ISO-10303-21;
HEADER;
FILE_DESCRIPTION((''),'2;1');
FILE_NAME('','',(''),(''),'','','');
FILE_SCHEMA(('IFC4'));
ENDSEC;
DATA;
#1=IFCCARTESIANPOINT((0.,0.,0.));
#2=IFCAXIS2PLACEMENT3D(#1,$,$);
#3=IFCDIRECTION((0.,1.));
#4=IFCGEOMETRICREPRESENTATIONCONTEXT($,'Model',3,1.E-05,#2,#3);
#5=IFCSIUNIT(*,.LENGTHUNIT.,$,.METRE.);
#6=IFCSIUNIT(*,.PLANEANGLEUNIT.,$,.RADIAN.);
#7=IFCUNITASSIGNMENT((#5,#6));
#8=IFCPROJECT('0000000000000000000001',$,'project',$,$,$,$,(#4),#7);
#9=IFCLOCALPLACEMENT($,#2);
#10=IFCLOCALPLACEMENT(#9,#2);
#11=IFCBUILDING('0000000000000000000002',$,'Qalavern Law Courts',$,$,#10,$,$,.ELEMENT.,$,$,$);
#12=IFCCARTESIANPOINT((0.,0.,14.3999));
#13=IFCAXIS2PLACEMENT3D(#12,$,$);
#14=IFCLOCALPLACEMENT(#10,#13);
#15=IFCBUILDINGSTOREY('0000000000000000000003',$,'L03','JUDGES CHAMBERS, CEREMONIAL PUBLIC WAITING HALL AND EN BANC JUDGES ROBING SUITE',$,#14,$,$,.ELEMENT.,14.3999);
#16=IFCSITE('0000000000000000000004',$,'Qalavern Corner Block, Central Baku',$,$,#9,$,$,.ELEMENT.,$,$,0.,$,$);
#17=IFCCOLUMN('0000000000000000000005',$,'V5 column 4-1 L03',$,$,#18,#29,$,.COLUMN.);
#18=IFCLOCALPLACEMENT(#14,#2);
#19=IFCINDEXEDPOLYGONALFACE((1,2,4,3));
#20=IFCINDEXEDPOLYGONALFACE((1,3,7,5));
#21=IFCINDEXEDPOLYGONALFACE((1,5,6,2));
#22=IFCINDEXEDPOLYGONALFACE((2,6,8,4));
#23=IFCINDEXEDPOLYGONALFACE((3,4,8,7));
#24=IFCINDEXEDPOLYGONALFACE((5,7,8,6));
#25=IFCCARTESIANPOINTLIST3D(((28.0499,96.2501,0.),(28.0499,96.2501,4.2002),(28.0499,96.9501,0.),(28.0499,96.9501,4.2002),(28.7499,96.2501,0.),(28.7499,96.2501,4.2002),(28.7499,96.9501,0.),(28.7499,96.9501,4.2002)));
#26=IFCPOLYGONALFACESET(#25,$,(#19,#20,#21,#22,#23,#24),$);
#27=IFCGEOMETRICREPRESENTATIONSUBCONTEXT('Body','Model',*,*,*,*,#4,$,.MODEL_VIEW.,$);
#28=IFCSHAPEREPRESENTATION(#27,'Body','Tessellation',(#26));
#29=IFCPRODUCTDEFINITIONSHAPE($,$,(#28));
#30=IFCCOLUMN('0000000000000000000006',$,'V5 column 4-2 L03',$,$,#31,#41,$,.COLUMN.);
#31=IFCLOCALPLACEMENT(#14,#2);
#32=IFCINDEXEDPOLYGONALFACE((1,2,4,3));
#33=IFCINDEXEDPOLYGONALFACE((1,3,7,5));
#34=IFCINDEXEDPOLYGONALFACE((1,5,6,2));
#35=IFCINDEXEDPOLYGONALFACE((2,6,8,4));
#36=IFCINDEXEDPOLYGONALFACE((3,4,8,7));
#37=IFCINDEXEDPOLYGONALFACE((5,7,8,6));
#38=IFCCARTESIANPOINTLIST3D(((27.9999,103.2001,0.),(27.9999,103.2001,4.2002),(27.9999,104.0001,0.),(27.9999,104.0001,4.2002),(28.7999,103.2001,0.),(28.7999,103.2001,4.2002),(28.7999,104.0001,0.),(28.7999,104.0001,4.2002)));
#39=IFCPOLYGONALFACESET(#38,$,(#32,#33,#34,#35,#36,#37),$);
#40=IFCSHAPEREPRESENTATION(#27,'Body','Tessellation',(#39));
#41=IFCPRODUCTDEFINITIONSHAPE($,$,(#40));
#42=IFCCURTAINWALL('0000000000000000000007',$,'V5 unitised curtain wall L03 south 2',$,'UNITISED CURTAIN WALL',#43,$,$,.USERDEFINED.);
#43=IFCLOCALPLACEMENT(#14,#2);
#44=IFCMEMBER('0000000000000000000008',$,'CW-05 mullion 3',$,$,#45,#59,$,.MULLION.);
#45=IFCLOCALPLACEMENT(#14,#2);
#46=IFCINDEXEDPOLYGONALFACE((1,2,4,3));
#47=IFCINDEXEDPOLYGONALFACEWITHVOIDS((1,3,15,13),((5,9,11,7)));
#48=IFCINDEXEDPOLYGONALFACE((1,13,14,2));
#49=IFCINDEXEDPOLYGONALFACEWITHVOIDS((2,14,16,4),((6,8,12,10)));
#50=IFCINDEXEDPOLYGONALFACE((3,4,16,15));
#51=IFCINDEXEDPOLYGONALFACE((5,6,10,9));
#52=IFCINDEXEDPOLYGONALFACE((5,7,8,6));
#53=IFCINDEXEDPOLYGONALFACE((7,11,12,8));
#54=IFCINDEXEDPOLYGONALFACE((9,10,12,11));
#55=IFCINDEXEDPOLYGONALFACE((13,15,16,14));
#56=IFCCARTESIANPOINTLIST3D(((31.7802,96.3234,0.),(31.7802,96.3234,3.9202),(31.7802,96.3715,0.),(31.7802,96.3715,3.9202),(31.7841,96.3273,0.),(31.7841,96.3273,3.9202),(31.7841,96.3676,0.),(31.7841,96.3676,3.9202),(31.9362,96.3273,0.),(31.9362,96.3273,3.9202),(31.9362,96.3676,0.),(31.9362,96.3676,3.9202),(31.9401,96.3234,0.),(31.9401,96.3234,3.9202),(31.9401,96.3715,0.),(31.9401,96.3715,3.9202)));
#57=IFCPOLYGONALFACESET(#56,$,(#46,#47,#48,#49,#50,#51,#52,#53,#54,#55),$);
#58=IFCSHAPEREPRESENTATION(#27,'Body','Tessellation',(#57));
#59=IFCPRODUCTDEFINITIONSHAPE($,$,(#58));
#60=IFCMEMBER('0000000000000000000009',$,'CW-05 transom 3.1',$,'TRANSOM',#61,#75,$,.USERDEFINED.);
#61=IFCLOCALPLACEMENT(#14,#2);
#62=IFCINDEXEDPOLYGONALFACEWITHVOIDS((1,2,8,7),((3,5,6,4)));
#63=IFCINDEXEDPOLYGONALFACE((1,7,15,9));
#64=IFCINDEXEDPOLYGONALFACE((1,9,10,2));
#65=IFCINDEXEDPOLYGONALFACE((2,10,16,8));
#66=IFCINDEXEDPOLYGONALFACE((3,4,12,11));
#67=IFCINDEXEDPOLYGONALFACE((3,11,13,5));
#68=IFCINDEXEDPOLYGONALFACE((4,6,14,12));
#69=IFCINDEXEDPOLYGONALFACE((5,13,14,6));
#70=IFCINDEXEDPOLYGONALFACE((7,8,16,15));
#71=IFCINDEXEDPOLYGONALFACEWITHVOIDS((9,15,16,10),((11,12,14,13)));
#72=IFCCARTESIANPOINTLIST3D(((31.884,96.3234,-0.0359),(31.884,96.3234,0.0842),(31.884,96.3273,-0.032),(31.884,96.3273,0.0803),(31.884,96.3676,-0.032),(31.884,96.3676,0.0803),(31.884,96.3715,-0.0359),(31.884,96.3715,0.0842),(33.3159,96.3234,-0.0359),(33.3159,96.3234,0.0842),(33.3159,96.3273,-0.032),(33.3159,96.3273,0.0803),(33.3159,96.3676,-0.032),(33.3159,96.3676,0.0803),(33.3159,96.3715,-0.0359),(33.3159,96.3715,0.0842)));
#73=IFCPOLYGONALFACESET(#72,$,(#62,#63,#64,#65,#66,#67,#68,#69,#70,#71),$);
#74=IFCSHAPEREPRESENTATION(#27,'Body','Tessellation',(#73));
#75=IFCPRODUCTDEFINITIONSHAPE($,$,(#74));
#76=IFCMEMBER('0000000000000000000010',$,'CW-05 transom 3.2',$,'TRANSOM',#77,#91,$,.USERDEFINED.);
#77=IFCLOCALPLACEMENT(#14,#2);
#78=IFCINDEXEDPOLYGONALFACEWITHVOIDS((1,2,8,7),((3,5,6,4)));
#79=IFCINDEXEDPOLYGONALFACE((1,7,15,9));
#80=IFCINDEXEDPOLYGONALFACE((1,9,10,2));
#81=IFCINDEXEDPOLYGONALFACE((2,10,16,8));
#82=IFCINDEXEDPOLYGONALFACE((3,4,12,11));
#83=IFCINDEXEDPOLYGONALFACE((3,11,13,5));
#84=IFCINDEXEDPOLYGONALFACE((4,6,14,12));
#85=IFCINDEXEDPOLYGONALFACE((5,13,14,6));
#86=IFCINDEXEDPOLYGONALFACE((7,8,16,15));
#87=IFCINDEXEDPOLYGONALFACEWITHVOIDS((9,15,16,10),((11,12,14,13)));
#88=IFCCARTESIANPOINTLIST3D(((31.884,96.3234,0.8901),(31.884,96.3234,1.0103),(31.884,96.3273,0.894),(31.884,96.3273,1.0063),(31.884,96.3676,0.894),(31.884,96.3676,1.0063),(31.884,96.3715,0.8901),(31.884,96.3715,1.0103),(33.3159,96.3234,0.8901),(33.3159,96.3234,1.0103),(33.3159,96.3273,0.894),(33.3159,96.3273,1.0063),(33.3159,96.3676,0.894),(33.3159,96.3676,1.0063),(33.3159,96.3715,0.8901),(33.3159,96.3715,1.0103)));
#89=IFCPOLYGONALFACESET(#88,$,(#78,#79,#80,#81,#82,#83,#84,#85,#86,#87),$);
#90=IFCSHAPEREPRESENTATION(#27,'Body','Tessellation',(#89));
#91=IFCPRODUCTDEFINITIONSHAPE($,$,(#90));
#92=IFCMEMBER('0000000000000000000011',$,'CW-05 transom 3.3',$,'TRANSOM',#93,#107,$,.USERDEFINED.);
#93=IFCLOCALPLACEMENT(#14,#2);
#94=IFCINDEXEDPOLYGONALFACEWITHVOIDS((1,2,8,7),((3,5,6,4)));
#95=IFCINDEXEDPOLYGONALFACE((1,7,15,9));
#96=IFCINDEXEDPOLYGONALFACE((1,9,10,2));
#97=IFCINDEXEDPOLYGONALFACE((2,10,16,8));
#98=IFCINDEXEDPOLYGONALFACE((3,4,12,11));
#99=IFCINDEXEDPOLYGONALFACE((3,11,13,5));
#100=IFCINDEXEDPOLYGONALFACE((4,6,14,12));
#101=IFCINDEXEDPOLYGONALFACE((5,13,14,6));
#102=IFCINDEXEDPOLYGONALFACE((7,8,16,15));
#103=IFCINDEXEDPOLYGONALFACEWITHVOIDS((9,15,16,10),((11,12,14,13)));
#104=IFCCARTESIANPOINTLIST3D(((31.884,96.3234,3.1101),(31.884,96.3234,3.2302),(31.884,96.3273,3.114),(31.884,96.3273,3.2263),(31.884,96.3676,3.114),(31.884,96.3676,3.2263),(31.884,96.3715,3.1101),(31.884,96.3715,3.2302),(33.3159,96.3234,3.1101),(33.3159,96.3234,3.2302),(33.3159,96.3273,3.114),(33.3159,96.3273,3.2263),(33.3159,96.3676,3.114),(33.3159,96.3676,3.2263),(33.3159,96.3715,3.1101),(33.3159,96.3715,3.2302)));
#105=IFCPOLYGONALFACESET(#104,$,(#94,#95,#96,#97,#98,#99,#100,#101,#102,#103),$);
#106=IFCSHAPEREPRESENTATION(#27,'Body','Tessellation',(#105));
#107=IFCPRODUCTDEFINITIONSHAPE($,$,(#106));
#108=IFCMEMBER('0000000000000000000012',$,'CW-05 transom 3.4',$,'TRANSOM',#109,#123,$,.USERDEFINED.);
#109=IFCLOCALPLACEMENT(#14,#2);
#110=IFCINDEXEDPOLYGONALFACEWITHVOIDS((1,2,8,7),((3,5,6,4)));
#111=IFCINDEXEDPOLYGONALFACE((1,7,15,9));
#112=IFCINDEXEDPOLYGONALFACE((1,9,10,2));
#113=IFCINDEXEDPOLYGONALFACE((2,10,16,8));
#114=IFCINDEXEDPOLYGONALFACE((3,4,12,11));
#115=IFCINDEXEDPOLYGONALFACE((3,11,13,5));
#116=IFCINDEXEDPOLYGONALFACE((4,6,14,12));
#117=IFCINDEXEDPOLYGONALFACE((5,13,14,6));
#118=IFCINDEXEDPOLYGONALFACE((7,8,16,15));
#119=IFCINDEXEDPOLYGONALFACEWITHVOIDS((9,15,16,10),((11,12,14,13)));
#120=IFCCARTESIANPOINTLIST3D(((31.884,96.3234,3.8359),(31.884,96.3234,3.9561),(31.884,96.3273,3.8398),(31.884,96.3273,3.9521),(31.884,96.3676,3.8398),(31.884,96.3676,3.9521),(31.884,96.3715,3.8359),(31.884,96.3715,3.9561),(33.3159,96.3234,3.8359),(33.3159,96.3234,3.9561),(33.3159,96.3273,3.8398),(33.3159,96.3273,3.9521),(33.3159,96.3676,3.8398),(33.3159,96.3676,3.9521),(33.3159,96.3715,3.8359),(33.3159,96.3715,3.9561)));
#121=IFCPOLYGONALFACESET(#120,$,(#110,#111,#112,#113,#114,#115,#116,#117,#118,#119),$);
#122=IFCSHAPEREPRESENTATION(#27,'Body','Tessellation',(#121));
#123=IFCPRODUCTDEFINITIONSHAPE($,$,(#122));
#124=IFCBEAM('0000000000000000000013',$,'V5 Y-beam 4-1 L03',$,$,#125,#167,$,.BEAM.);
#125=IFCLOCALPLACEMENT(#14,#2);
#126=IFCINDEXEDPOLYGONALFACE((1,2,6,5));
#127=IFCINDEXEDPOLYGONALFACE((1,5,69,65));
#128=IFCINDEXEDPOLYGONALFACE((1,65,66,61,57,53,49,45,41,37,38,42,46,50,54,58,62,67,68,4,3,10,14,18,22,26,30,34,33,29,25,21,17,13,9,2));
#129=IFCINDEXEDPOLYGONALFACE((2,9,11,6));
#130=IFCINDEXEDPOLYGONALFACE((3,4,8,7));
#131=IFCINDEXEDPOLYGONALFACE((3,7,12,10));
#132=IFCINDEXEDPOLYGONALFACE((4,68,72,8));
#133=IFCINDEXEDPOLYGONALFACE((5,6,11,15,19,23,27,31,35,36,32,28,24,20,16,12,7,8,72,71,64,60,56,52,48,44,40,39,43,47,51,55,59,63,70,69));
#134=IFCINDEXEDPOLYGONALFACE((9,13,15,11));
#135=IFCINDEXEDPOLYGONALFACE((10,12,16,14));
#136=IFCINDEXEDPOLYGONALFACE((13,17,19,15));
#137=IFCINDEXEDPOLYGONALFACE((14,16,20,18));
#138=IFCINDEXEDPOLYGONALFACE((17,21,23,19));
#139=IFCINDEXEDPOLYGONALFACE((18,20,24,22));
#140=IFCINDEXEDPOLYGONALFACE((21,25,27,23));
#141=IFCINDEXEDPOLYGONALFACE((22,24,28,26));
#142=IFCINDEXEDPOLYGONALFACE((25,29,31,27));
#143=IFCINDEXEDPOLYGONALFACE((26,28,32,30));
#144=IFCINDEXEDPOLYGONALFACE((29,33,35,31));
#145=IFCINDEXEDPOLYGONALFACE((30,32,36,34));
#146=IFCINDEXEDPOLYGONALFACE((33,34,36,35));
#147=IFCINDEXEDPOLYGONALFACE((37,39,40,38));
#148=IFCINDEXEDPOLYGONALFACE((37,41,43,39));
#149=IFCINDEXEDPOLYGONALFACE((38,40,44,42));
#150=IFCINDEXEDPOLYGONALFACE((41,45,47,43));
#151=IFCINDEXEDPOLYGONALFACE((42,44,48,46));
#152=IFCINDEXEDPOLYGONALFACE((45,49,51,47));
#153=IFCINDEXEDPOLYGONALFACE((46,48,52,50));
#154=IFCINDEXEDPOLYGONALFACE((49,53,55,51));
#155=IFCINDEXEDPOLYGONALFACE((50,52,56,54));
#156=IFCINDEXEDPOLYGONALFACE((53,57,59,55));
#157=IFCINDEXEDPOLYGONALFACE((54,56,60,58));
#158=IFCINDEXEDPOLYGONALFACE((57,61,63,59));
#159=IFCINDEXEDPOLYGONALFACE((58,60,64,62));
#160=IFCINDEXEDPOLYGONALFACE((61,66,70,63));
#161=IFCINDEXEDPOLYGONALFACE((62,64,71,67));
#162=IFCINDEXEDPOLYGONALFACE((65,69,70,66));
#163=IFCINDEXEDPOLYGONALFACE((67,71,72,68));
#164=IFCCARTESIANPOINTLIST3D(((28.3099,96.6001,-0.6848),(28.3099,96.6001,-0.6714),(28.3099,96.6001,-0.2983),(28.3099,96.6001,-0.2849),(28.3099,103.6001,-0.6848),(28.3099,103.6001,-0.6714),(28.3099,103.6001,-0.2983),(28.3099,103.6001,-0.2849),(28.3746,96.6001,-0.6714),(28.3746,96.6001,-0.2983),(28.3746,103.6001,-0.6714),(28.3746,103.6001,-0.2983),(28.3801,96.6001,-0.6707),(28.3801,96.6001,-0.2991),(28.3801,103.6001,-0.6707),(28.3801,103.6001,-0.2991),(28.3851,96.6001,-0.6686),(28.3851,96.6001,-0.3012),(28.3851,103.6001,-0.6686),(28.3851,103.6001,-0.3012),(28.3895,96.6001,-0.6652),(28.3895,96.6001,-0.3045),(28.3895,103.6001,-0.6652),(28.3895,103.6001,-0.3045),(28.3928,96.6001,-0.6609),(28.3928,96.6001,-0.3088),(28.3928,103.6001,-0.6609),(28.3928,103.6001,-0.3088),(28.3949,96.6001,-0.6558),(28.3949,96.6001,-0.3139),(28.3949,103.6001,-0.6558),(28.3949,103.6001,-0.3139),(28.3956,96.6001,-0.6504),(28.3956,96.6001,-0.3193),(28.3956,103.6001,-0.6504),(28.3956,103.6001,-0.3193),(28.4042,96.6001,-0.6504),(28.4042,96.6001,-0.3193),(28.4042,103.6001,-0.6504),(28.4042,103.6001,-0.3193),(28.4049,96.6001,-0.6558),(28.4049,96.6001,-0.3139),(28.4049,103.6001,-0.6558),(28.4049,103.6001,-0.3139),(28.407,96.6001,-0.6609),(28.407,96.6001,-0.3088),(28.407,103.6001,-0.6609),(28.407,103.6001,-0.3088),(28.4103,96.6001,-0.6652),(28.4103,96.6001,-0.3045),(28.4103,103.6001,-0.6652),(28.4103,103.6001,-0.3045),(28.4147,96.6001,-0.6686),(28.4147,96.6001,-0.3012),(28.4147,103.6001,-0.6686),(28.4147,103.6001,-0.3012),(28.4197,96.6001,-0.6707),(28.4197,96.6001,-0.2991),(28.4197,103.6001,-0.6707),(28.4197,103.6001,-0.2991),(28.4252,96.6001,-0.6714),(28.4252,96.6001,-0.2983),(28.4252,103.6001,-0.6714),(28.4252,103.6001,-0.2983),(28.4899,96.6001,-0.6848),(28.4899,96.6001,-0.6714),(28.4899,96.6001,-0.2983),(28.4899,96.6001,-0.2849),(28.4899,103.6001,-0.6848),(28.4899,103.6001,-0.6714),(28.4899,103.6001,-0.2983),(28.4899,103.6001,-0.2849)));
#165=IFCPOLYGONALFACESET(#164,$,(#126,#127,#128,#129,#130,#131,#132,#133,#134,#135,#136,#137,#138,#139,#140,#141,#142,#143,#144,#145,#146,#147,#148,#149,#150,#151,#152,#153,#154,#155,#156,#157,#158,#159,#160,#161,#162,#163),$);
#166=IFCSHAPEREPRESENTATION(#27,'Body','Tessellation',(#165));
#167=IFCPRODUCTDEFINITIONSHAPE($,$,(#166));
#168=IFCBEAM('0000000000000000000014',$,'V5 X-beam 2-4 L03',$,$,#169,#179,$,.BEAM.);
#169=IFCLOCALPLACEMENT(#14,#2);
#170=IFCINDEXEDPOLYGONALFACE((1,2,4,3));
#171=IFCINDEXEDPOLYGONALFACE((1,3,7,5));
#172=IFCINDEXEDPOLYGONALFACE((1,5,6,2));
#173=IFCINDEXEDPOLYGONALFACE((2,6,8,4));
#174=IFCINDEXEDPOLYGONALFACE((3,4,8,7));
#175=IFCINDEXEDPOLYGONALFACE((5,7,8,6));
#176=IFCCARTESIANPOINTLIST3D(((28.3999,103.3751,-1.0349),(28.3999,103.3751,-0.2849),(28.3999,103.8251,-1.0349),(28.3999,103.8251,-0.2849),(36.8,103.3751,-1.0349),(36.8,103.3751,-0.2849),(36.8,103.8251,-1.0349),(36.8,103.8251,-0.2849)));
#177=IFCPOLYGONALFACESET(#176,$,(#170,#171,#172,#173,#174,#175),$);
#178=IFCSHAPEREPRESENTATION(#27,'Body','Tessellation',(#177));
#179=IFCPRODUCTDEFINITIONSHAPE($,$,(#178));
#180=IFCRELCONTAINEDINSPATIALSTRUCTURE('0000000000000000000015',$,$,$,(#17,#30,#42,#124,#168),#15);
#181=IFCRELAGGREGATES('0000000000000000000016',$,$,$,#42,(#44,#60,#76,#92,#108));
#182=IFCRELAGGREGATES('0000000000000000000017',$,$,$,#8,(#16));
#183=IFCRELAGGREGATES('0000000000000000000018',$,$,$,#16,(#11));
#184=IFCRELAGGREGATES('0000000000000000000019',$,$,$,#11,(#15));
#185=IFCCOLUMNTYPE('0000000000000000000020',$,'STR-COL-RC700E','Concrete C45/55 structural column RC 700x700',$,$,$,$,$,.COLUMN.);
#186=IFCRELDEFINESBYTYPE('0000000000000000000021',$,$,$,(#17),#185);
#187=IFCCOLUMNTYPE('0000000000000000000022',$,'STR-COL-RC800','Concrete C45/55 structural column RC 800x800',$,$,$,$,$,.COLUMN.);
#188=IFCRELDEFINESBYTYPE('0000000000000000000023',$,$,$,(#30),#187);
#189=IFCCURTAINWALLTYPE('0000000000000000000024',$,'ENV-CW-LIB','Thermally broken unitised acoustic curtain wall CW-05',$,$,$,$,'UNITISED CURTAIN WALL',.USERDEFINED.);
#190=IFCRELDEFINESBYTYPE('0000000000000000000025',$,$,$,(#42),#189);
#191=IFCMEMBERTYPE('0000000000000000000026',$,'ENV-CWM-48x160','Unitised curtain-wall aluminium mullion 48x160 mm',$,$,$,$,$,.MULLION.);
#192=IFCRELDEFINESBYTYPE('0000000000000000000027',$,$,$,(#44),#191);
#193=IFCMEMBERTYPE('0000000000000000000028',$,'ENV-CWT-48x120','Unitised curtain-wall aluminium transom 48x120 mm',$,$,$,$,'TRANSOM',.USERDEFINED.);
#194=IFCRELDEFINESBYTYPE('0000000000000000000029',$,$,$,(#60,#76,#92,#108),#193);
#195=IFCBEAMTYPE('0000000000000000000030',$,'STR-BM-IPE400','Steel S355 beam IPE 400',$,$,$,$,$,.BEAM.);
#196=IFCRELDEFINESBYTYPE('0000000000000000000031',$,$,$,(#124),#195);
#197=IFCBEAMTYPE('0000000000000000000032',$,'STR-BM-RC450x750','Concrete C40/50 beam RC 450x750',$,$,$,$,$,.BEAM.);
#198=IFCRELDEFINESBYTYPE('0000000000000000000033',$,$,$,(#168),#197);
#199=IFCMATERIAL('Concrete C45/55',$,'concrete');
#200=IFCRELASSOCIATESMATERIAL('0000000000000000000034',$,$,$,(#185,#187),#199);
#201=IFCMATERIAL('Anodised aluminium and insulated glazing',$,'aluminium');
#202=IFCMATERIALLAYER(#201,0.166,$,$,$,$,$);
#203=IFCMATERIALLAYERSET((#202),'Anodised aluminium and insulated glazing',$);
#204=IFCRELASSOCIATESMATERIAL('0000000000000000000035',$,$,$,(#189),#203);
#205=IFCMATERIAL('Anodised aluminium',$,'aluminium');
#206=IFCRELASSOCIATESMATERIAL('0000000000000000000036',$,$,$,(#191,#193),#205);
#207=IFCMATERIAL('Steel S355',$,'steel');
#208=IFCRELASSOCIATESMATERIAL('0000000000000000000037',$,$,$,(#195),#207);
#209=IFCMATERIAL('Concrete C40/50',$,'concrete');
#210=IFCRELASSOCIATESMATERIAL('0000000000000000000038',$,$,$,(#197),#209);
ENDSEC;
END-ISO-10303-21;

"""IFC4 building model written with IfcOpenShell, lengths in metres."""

from ifc_helpers import new_model, si_unit, direction, frame, origin, origin_2d, place, context, subcontext, project, spatial, rectangle, hollow_rectangle, i_section, extrude, material, layer, layer_set, material_profile, profile_set, type_object, element, aggregate, save


model = new_model("IFC4")

# Units and contexts
model_context = context("Model", 3, precision=1e-05, world=origin(), true_north=direction((0.0, 1.0)))
body_context = subcontext(model_context, "Body", "Model", "MODEL_VIEW")
ifc_project = project(units=[si_unit("LENGTHUNIT", "METRE"), si_unit("PLANEANGLEUNIT", "RADIAN")], contexts=[model_context])

# Site, building, storey
site_placement = place(None, origin())
site = spatial("IfcSite", under=ifc_project, at=site_placement, Name="Qalavern Corner Block, Central Baku", CompositionType="ELEMENT", RefElevation=0.0)
building_placement = place(site_placement, origin())
building = spatial("IfcBuilding", under=site, at=building_placement, Name="Qalavern Law Courts", CompositionType="ELEMENT")
storey_placement = place(building_placement, frame((0.0, 0.0, 14.3999)))
storey = spatial("IfcBuildingStorey", under=building, at=storey_placement, Name="L03", Description="JUDGES CHAMBERS, CEREMONIAL PUBLIC WAITING HALL AND EN BANC JUDGES ROBING SUITE", CompositionType="ELEMENT", Elevation=14.3999)

# Columns
ifc_material_1 = material(Name="Concrete C45/55", Category="concrete")
ifc_material_profile_1 = material_profile(ifc_material_1, rectangle(XDim=0.7, YDim=0.7, at=origin_2d()), Name="RC 700x700")
ifc_profile_set_1 = profile_set([ifc_material_profile_1], Name="Concrete C45/55")
column_type_1 = type_object("IfcColumnType", Name="STR-COL-RC700E", Description="Concrete C45/55 structural column RC 700x700", PredefinedType="COLUMN", material=ifc_profile_set_1)
column_1_placement = place(storey_placement, frame((28.3999, 96.6001, 0.0), z_axis=(0.0, 0.0, 1.0), x_axis=(1.0, 0.0, 0.0)))
element("IfcColumn", 1, at=column_1_placement, inside=storey, type_object=column_type_1, Name="V5 column 4-1 L03", PredefinedType="COLUMN", context=body_context, shape_type="SweptSolid", body=[
    extrude(rectangle(XDim=0.7, YDim=0.7, at=origin_2d()), origin(), (0.0, 0.0, 1.0), 4.2002),
])
ifc_material_profile_2 = material_profile(ifc_material_1, rectangle(XDim=0.8, YDim=0.8, at=origin_2d()), Name="RC 800x800")
ifc_profile_set_2 = profile_set([ifc_material_profile_2], Name="Concrete C45/55")
column_type_2 = type_object("IfcColumnType", Name="STR-COL-RC800", Description="Concrete C45/55 structural column RC 800x800", PredefinedType="COLUMN", material=ifc_profile_set_2)
column_2_placement = place(storey_placement, frame((28.3999, 103.6001, 0.0), z_axis=(0.0, 0.0, 1.0), x_axis=(1.0, 0.0, 0.0)))
element("IfcColumn", 2, at=column_2_placement, inside=storey, type_object=column_type_2, Name="V5 column 4-2 L03", PredefinedType="COLUMN", context=body_context, shape_type="SweptSolid", body=[
    extrude(rectangle(XDim=0.8, YDim=0.8, at=origin_2d()), origin(), (0.0, 0.0, 1.0), 4.2002),
])

# Curtain wall, members
ifc_material_2 = material(Name="Anodised aluminium and insulated glazing", Category="aluminium")
ifc_layer_1 = layer(ifc_material_2, 0.166)
ifc_layer_set_1 = layer_set([ifc_layer_1], Name="Anodised aluminium and insulated glazing")
curtain_wall_type = type_object("IfcCurtainWallType", Name="ENV-CW-LIB", Description="Thermally broken unitised acoustic curtain wall CW-05", ElementType="UNITISED CURTAIN WALL", PredefinedType="USERDEFINED", material=ifc_layer_set_1)
curtain_wall_placement = place(storey_placement, origin())
curtain_wall = element("IfcCurtainWall", 3, at=curtain_wall_placement, inside=storey, type_object=curtain_wall_type, Name="V5 unitised curtain wall L03 south 2", ObjectType="UNITISED CURTAIN WALL", PredefinedType="USERDEFINED")
ifc_material_3 = material(Name="Anodised aluminium", Category="aluminium")
ifc_material_profile_3 = material_profile(ifc_material_3, hollow_rectangle(XDim=0.0481, YDim=0.1599, WallThickness=0.0039, at=origin_2d()), Name="ALU MULLION 48x160")
ifc_profile_set_3 = profile_set([ifc_material_profile_3], Name="Anodised aluminium")
member_type_1 = type_object("IfcMemberType", Name="ENV-CWM-48x160", Description="Unitised curtain-wall aluminium mullion 48x160 mm", PredefinedType="MULLION", material=ifc_profile_set_3)
member_1_placement = place(storey_placement, frame((31.8601, 96.3474, 0.0), z_axis=(0.0, 0.0, 1.0), x_axis=(0.0, 1.0, 0.0)))
member_1 = element("IfcMember", 4, at=member_1_placement, type_object=member_type_1, Name="CW-05 mullion 3", PredefinedType="MULLION", context=body_context, shape_type="SweptSolid", body=[
    extrude(hollow_rectangle(XDim=0.0481, YDim=0.1599, WallThickness=0.0039, at=origin_2d()), origin(), (0.0, 0.0, 1.0), 3.9202),
])
ifc_material_profile_4 = material_profile(ifc_material_3, hollow_rectangle(XDim=0.0481, YDim=0.1201, WallThickness=0.0039, at=origin_2d()), Name="ALU TRANSOM 48x120")
ifc_profile_set_4 = profile_set([ifc_material_profile_4], Name="Anodised aluminium")
member_type_2 = type_object("IfcMemberType", Name="ENV-CWT-48x120", Description="Unitised curtain-wall aluminium transom 48x120 mm", ElementType="TRANSOM", PredefinedType="USERDEFINED", material=ifc_profile_set_4)
member_2_placement = place(storey_placement, frame((31.884, 96.3474, 0.0242), z_axis=(1.0, 0.0, 0.0), x_axis=(0.0, 1.0, 0.0)))
member_2 = element("IfcMember", 5, at=member_2_placement, type_object=member_type_2, Name="CW-05 transom 3.1", ObjectType="TRANSOM", PredefinedType="USERDEFINED", context=body_context, shape_type="SweptSolid", body=[
    extrude(hollow_rectangle(XDim=0.0481, YDim=0.1201, WallThickness=0.0039, at=origin_2d()), origin(), (0.0, 0.0, 1.0), 1.4319),
])
member_3_placement = place(storey_placement, frame((31.884, 96.3474, 0.9502), z_axis=(1.0, 0.0, 0.0), x_axis=(0.0, 1.0, 0.0)))
member_3 = element("IfcMember", 6, at=member_3_placement, type_object=member_type_2, Name="CW-05 transom 3.2", ObjectType="TRANSOM", PredefinedType="USERDEFINED", context=body_context, shape_type="SweptSolid", body=[
    extrude(hollow_rectangle(XDim=0.0481, YDim=0.1201, WallThickness=0.0039, at=origin_2d()), origin(), (0.0, 0.0, 1.0), 1.4319),
])
member_4_placement = place(storey_placement, frame((31.884, 96.3474, 3.1702), z_axis=(1.0, 0.0, 0.0), x_axis=(0.0, 1.0, 0.0)))
member_4 = element("IfcMember", 7, at=member_4_placement, type_object=member_type_2, Name="CW-05 transom 3.3", ObjectType="TRANSOM", PredefinedType="USERDEFINED", context=body_context, shape_type="SweptSolid", body=[
    extrude(hollow_rectangle(XDim=0.0481, YDim=0.1201, WallThickness=0.0039, at=origin_2d()), origin(), (0.0, 0.0, 1.0), 1.4319),
])
member_5_placement = place(storey_placement, frame((31.884, 96.3474, 3.896), z_axis=(1.0, 0.0, 0.0), x_axis=(0.0, 1.0, 0.0)))
member_5 = element("IfcMember", 8, at=member_5_placement, type_object=member_type_2, Name="CW-05 transom 3.4", ObjectType="TRANSOM", PredefinedType="USERDEFINED", context=body_context, shape_type="SweptSolid", body=[
    extrude(hollow_rectangle(XDim=0.0481, YDim=0.1201, WallThickness=0.0039, at=origin_2d()), origin(), (0.0, 0.0, 1.0), 1.4319),
])

# Beams
ifc_material_4 = material(Name="Steel S355", Category="steel")
ifc_material_profile_5 = material_profile(ifc_material_4, i_section(OverallWidth=0.1799, OverallDepth=0.3999, WebThickness=0.0085, FlangeThickness=0.0134, FilletRadius=0.021, at=origin_2d()), Name="IPE 400")
ifc_profile_set_5 = profile_set([ifc_material_profile_5], Name="Steel S355")
beam_type_1 = type_object("IfcBeamType", Name="STR-BM-IPE400", Description="Steel S355 beam IPE 400", PredefinedType="BEAM", material=ifc_profile_set_5)
beam_1_placement = place(storey_placement, frame((28.3999, 96.6001, -0.4849), z_axis=(0.0, 1.0, 0.0), x_axis=(-1.0, 0.0, 0.0)))
element("IfcBeam", 9, at=beam_1_placement, inside=storey, type_object=beam_type_1, Name="V5 Y-beam 4-1 L03", PredefinedType="BEAM", context=body_context, shape_type="SweptSolid", body=[
    extrude(i_section(OverallWidth=0.1799, OverallDepth=0.3999, WebThickness=0.0085, FlangeThickness=0.0134, FilletRadius=0.021, at=origin_2d()), origin(), (0.0, 0.0, 1.0), 7.0),
])
ifc_material_5 = material(Name="Concrete C40/50", Category="concrete")
ifc_material_profile_6 = material_profile(ifc_material_5, rectangle(XDim=0.45, YDim=0.75, at=origin_2d()), Name="RC 450x750")
ifc_profile_set_6 = profile_set([ifc_material_profile_6], Name="Concrete C40/50")
beam_type_2 = type_object("IfcBeamType", Name="STR-BM-RC450x750", Description="Concrete C40/50 beam RC 450x750", PredefinedType="BEAM", material=ifc_profile_set_6)
beam_2_placement = place(storey_placement, frame((28.3999, 103.6001, -0.6599), z_axis=(1.0, 0.0, 0.0), x_axis=(0.0, 1.0, 0.0)))
element("IfcBeam", 10, at=beam_2_placement, inside=storey, type_object=beam_type_2, Name="V5 X-beam 2-4 L03", PredefinedType="BEAM", context=body_context, shape_type="SweptSolid", body=[
    extrude(rectangle(XDim=0.45, YDim=0.75, at=origin_2d()), origin(), (0.0, 0.0, 1.0), 8.4001),
])

aggregate(curtain_wall, [member_1, member_2, member_3, member_4, member_5])

save(model, "model.ifc")
